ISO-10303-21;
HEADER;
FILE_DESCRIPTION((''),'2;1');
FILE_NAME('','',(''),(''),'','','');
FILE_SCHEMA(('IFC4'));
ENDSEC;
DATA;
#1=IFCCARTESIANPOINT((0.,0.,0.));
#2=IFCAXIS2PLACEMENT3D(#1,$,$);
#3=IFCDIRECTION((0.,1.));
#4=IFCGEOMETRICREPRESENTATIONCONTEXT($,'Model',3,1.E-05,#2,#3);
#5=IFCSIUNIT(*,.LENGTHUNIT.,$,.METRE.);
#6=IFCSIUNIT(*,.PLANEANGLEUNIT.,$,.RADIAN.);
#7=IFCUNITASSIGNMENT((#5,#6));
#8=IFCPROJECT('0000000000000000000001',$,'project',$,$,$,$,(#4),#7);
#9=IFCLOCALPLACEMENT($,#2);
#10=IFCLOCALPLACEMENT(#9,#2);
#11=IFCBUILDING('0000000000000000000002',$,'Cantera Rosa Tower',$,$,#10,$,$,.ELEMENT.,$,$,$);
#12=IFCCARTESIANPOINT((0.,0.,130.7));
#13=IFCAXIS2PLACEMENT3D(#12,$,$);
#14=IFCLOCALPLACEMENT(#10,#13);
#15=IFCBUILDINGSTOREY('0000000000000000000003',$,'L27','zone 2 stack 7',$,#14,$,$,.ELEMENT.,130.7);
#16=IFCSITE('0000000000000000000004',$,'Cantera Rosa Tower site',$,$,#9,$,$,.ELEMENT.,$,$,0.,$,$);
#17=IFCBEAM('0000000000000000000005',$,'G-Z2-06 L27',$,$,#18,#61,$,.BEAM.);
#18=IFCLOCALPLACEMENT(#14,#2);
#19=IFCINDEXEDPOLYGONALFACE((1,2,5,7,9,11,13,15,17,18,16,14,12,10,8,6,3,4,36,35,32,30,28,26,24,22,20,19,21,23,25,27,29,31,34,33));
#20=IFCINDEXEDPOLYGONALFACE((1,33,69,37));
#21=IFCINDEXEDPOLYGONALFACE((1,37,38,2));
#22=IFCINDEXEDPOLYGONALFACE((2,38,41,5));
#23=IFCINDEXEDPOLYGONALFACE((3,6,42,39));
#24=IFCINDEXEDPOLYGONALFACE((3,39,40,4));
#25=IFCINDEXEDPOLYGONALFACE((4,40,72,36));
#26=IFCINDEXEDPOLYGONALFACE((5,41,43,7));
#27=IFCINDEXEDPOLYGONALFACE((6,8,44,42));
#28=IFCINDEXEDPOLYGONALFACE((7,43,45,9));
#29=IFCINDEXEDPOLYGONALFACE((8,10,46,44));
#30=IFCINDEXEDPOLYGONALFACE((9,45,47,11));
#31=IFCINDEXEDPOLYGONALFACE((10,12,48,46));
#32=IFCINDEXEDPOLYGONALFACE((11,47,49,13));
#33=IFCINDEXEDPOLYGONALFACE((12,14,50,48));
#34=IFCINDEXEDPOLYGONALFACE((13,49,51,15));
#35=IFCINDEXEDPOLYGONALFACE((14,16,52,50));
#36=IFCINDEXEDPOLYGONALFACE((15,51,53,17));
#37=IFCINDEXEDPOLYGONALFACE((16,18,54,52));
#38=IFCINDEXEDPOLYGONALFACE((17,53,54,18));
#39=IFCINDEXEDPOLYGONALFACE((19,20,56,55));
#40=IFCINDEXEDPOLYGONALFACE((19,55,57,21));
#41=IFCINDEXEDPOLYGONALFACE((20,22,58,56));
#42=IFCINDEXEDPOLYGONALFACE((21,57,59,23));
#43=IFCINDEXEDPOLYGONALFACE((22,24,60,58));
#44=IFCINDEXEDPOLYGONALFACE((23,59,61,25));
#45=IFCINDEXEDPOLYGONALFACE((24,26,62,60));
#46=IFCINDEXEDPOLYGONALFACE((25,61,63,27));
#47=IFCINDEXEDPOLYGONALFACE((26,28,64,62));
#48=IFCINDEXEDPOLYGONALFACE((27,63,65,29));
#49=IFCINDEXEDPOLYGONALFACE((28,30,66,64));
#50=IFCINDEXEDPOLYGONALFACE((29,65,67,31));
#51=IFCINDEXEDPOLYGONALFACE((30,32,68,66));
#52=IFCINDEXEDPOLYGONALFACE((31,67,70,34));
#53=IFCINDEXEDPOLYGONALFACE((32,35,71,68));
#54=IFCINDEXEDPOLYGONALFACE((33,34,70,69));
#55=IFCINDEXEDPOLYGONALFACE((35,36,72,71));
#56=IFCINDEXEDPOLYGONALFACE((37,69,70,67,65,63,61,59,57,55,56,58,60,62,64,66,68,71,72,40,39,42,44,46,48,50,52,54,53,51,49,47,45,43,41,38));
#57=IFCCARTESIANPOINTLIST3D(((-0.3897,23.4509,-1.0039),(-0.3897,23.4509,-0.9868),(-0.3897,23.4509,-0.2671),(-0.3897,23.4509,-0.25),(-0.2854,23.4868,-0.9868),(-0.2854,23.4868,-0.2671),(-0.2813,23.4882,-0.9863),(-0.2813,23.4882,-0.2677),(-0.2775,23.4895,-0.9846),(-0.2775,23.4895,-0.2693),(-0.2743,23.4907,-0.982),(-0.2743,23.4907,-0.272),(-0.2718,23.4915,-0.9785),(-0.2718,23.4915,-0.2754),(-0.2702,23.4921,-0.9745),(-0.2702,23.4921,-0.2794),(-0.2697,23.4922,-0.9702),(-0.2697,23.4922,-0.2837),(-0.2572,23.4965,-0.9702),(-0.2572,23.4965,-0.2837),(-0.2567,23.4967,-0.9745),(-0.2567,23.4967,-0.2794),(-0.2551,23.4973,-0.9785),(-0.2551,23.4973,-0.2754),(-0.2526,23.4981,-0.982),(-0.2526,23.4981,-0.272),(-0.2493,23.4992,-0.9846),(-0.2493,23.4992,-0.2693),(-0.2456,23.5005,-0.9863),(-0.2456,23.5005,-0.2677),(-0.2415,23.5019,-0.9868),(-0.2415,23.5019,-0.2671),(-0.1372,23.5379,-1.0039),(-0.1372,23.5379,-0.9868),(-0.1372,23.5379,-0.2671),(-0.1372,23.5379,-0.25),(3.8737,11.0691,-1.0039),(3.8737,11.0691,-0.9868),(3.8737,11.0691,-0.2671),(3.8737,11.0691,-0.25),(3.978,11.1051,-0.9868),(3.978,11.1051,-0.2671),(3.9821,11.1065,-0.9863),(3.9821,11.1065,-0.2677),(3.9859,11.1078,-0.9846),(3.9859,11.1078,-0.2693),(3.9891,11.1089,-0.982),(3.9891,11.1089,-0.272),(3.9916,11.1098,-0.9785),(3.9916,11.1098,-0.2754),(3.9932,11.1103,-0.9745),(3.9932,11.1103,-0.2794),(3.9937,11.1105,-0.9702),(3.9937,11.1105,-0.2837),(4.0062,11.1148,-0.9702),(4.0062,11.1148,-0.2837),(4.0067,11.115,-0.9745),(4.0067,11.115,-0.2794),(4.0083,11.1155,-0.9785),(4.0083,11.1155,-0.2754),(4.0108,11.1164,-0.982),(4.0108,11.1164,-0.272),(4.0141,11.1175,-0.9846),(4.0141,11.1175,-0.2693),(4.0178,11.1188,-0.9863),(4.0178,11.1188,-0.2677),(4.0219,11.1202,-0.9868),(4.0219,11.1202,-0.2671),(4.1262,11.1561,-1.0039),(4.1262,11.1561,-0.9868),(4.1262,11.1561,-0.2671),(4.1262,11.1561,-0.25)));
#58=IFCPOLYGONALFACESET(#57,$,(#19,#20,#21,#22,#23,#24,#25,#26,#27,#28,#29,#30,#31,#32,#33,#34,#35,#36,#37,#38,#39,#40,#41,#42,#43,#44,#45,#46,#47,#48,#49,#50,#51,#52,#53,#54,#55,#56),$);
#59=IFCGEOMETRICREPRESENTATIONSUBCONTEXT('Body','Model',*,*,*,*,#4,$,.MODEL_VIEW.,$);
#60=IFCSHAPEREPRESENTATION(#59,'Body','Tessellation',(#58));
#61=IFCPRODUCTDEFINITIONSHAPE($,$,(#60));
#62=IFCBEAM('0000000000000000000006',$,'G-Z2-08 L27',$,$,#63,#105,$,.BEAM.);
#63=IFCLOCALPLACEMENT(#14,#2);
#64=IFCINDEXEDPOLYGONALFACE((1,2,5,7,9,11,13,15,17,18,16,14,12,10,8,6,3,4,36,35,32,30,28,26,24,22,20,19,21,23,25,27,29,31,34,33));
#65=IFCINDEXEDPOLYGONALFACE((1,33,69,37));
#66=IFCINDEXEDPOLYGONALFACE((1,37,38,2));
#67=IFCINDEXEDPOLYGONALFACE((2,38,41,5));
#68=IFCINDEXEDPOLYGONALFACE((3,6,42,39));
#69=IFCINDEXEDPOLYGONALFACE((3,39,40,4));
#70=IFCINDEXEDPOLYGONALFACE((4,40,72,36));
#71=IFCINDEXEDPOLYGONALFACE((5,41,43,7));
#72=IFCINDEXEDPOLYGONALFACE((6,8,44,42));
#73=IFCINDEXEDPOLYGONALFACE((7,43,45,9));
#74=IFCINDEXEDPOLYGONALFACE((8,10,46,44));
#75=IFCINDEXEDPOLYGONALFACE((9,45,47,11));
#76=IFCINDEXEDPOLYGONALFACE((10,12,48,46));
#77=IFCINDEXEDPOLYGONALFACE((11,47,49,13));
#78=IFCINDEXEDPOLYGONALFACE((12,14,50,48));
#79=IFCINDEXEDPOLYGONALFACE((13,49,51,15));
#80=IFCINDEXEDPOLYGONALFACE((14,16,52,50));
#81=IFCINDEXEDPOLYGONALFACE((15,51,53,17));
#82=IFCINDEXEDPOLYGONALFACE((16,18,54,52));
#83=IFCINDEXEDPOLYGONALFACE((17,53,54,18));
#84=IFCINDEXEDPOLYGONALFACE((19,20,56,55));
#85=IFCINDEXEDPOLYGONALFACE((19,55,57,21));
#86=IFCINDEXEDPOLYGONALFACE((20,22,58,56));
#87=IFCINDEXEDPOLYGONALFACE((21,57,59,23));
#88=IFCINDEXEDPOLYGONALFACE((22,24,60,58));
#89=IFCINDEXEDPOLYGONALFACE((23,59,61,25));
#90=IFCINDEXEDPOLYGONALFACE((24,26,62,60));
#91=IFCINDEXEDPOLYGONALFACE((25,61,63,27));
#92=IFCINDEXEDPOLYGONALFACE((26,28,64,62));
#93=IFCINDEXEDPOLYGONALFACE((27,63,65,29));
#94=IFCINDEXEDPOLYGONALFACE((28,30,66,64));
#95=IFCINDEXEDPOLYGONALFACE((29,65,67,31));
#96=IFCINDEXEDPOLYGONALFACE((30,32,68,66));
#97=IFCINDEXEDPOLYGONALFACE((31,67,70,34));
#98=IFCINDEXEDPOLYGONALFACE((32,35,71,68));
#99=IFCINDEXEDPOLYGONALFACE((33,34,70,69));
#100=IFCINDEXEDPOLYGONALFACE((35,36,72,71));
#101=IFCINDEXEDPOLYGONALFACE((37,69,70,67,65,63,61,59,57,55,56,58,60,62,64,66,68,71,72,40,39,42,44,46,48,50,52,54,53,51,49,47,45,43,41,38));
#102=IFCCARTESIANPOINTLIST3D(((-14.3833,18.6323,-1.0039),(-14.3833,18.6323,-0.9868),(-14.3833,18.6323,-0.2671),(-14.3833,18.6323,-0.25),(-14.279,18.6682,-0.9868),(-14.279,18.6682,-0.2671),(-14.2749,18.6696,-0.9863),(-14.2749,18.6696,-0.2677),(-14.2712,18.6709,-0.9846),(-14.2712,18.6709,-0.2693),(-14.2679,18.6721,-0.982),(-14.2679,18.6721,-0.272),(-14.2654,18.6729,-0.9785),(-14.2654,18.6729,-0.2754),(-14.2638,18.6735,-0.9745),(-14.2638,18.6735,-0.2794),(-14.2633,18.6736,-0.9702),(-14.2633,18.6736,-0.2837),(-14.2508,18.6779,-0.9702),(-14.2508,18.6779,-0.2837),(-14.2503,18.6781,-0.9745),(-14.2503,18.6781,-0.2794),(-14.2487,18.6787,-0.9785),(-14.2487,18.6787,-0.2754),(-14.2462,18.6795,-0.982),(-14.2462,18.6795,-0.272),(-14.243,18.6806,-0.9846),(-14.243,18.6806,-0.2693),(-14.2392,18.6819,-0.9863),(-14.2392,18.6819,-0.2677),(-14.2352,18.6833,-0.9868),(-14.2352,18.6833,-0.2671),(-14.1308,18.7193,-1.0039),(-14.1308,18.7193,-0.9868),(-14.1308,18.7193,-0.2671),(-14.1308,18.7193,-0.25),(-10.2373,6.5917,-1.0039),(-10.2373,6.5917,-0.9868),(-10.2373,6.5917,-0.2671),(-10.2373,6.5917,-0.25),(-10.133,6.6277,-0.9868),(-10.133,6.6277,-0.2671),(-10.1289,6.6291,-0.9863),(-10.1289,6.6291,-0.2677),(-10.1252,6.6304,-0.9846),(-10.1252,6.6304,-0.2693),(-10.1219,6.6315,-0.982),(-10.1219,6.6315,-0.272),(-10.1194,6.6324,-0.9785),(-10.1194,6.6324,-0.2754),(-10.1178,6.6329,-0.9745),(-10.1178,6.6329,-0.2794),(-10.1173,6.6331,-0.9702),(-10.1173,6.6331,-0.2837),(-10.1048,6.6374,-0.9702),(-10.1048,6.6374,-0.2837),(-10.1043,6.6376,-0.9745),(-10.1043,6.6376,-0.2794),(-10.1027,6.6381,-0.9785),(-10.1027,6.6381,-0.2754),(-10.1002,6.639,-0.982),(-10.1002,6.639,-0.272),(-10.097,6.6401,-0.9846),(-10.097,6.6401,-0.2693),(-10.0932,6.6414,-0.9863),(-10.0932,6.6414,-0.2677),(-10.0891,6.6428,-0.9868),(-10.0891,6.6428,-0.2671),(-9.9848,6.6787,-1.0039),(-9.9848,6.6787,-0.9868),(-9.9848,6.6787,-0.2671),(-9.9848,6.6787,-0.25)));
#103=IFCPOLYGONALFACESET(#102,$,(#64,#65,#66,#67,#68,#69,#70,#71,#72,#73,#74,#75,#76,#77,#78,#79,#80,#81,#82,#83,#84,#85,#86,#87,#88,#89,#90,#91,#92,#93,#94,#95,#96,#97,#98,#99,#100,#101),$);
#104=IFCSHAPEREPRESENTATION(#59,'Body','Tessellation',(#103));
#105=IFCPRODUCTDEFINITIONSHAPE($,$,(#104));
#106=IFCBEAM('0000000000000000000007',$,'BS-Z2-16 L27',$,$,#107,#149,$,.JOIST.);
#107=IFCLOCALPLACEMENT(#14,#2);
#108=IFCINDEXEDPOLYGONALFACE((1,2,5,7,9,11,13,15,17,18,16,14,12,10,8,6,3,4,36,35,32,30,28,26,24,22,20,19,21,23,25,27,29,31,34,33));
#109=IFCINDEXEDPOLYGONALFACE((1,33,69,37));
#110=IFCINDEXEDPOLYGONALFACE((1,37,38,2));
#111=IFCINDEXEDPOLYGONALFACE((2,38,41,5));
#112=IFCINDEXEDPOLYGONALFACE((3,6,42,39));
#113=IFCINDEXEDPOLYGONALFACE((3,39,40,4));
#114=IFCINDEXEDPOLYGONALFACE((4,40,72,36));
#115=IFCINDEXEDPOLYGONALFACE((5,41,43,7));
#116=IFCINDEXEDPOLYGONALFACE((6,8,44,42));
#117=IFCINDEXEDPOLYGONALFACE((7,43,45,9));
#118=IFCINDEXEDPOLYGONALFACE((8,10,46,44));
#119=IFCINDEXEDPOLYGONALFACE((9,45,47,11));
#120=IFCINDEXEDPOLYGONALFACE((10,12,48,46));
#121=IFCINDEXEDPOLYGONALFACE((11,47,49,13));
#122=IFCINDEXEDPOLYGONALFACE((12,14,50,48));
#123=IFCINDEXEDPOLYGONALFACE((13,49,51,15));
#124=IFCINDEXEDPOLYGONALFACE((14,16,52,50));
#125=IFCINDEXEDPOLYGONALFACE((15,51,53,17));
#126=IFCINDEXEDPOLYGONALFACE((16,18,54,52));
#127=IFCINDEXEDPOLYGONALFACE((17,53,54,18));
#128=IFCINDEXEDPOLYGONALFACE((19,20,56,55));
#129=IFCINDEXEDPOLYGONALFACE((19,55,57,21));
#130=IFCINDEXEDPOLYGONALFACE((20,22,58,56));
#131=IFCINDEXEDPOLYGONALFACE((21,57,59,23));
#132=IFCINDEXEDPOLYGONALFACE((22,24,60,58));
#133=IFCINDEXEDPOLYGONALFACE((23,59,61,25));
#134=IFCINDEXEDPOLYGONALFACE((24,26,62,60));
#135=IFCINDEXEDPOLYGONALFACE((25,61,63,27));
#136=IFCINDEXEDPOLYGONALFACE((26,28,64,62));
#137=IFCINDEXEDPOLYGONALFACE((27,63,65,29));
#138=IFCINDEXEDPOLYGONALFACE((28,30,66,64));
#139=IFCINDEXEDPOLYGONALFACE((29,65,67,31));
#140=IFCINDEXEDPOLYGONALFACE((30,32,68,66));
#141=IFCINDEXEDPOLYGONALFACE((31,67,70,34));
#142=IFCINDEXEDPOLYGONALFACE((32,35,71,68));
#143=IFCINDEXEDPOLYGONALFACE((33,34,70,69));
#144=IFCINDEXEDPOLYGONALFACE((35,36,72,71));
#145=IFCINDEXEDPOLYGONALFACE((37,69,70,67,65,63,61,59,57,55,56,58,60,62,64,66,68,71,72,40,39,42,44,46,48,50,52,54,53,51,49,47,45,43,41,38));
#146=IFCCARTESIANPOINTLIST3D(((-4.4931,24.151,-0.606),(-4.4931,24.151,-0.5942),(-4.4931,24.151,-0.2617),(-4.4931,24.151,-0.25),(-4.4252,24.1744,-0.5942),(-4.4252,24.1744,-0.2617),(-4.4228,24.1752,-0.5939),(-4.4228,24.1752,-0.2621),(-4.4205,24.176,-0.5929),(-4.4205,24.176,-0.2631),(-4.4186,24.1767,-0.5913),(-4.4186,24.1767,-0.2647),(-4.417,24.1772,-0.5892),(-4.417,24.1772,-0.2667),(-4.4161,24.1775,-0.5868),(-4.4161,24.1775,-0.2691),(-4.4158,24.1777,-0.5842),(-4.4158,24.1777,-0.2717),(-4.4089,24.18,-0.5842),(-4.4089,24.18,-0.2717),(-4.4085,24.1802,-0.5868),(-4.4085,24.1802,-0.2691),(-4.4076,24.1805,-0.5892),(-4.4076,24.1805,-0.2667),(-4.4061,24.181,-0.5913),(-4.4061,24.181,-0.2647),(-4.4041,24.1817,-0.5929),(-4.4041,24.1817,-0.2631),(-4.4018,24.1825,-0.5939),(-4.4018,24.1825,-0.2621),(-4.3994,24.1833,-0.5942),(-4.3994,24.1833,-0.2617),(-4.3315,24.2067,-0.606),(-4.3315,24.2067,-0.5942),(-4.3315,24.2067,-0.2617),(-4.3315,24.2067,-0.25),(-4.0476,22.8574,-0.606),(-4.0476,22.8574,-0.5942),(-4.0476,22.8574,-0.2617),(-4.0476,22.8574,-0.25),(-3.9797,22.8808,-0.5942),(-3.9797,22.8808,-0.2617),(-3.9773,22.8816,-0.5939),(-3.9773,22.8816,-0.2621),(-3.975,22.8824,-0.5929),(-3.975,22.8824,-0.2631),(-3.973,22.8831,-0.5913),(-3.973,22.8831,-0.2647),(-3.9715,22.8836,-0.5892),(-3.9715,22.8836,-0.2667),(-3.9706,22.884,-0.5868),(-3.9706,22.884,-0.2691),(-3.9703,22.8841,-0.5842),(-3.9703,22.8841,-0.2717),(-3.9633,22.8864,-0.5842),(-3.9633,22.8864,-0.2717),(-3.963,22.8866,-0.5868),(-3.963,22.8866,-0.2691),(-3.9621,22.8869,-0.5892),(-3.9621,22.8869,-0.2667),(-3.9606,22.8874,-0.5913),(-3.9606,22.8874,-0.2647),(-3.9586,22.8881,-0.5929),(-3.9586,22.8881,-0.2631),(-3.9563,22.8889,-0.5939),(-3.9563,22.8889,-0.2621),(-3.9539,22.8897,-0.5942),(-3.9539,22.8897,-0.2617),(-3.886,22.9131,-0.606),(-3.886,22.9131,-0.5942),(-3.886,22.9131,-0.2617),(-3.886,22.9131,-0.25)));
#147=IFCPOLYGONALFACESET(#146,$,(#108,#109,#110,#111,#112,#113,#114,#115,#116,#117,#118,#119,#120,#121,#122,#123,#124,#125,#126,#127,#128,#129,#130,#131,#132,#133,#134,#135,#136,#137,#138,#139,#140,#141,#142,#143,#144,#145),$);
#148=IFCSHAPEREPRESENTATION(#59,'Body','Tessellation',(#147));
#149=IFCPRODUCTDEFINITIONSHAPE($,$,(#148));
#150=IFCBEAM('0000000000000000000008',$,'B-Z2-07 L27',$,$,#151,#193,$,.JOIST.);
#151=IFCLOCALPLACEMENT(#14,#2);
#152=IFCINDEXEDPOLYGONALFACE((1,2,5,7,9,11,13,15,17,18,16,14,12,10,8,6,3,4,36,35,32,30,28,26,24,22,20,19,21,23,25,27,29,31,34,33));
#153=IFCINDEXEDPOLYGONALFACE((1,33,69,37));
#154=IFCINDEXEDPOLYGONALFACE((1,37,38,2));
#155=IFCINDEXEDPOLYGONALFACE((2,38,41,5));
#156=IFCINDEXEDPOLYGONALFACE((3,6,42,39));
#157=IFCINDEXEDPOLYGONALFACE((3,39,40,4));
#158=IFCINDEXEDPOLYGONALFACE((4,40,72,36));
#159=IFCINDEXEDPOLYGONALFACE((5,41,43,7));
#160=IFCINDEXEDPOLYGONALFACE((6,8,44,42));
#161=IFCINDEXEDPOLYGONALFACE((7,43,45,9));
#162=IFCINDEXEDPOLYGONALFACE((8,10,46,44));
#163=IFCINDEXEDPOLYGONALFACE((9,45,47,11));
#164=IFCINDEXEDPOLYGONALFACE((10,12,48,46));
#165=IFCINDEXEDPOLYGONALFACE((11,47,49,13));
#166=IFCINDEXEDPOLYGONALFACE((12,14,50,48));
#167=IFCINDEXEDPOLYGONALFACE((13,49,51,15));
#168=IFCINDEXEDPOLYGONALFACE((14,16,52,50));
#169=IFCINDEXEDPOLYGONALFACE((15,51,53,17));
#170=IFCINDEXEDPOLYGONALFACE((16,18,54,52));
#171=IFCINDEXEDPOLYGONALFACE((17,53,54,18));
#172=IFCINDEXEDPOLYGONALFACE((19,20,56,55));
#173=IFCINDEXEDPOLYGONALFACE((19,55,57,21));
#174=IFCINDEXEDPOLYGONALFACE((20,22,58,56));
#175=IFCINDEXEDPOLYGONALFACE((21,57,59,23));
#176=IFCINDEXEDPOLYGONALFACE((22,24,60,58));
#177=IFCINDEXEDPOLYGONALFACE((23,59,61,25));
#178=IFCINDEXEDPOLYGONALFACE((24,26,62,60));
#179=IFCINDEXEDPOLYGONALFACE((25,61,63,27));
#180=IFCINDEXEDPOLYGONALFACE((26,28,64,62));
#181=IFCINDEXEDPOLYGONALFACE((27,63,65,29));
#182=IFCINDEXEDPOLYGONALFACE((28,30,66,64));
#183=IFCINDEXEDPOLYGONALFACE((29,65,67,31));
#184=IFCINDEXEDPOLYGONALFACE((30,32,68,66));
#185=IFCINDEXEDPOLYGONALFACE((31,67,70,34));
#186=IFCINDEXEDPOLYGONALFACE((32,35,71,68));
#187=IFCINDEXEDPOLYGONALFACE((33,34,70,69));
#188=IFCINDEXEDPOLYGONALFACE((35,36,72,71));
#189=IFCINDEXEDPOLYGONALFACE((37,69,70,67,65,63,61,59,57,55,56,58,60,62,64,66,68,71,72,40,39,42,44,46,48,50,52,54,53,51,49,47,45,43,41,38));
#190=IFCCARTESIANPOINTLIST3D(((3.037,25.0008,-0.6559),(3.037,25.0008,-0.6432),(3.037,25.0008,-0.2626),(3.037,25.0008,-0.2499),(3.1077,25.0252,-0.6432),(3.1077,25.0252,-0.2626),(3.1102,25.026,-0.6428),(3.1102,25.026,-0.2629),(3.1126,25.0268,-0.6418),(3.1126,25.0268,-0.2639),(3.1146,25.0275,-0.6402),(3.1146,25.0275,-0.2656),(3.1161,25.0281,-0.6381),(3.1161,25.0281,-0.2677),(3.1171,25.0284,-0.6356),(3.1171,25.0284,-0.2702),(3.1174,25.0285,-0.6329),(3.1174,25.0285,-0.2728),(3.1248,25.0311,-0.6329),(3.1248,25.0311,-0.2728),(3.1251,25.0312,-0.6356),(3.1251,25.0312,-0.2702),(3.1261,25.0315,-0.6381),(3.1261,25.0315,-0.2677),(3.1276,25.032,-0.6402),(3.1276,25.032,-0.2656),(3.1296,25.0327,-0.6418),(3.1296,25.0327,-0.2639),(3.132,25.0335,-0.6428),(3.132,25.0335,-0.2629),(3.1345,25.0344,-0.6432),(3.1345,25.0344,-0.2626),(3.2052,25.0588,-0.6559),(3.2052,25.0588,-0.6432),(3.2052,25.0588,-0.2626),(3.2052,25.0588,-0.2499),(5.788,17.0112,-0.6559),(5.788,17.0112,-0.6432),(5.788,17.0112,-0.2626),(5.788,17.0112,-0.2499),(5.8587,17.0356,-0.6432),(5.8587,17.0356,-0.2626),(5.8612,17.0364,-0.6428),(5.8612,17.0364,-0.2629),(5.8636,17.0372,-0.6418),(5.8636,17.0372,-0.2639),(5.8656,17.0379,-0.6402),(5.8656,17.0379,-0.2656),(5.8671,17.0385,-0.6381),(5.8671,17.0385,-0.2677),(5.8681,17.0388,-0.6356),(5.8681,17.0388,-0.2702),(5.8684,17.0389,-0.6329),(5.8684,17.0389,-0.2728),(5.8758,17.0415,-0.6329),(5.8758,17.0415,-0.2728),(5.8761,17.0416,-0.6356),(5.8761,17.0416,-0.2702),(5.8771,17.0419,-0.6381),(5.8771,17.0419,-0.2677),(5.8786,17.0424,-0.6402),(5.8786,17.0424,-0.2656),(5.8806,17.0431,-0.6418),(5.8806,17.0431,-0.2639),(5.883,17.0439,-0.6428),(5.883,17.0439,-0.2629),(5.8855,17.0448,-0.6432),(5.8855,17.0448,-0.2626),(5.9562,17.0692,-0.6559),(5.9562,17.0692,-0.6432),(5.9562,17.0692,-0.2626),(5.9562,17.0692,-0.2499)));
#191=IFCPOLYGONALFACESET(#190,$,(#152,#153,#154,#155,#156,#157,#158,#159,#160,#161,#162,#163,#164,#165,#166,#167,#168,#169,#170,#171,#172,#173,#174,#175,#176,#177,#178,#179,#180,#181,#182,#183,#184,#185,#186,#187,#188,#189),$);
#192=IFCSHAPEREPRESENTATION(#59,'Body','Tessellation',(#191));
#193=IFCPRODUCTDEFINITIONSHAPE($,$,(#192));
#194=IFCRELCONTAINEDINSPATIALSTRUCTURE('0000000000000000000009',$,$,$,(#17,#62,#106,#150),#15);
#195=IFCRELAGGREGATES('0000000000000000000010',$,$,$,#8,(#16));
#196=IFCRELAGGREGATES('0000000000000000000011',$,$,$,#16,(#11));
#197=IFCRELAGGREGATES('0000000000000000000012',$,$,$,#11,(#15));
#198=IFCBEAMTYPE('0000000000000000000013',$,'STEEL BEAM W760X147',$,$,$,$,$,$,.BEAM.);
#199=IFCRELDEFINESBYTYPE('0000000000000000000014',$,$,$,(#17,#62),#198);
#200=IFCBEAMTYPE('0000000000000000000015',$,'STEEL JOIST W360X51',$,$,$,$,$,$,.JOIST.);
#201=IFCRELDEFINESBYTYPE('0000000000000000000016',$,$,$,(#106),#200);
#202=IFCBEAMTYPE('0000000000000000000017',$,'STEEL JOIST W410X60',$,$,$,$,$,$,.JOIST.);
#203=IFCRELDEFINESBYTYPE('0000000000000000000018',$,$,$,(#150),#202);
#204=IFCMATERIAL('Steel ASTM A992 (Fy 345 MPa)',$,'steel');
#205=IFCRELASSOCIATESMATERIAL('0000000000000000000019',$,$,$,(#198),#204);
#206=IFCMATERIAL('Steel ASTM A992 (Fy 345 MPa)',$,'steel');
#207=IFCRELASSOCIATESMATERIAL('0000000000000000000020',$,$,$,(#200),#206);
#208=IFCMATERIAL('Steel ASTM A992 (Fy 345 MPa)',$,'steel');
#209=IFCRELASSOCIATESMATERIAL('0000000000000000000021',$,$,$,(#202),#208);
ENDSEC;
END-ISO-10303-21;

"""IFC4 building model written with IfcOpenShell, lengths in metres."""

from ifc_helpers import new_model, si_unit, direction, frame, origin, origin_2d, place, context, subcontext, project, spatial, i_section, extrude, material, material_profile, profile_set, type_object, element, save


model = new_model("IFC4")

# Units and contexts
model_context = context("Model", 3, precision=1e-05, world=origin(), true_north=direction((0.0, 1.0)))
body_context = subcontext(model_context, "Body", "Model", "MODEL_VIEW")
ifc_project = project(units=[si_unit("LENGTHUNIT", "METRE"), si_unit("PLANEANGLEUNIT", "RADIAN")], contexts=[model_context])

# Site, building, storey
site_placement = place(None, origin())
site = spatial("IfcSite", under=ifc_project, at=site_placement, Name="Cantera Rosa Tower site", CompositionType="ELEMENT", RefElevation=0.0)
building_placement = place(site_placement, origin())
building = spatial("IfcBuilding", under=site, at=building_placement, Name="Cantera Rosa Tower", CompositionType="ELEMENT")
storey_placement = place(building_placement, frame((0.0, 0.0, 130.7)))
storey = spatial("IfcBuildingStorey", under=building, at=storey_placement, Name="L27", Description="zone 2 stack 7", CompositionType="ELEMENT", Elevation=130.7)

# Beams
ifc_material_1 = material(Name="Steel ASTM A992 (Fy 345 MPa)", Category="steel")
ifc_material_profile_1 = material_profile(ifc_material_1, i_section(OverallWidth=0.2671, OverallDepth=0.7539, WebThickness=0.0132, FlangeThickness=0.0171, FilletRadius=0.0166, at=origin_2d()), Name="W760X147")
ifc_profile_set_1 = profile_set([ifc_material_profile_1], Name="Steel ASTM A992 (Fy 345 MPa)")
beam_type_1 = type_object("IfcBeamType", Name="STEEL BEAM W760X147", PredefinedType="BEAM", material=ifc_profile_set_1)
beam_1_placement = place(storey_placement, frame((-0.2634, 23.4944, -0.627), z_axis=(0.32557, -0.945518, 0.0), x_axis=(0.945518, 0.32557, 0.0)))
element("IfcBeam", 1, at=beam_1_placement, inside=storey, type_object=beam_type_1, Name="G-Z2-06 L27", PredefinedType="BEAM", context=body_context, shape_type="SweptSolid", body=[
    extrude(i_section(OverallWidth=0.2671, OverallDepth=0.7539, WebThickness=0.0132, FlangeThickness=0.0171, FilletRadius=0.0166, at=origin_2d()), origin(), (0.0, 0.0, 1.0), 13.0952),
])
beam_2_placement = place(storey_placement, frame((-14.2571, 18.6758, -0.627), z_axis=(0.325576, -0.945516, 0.0), x_axis=(0.945516, 0.325576, 0.0)))
element("IfcBeam", 2, at=beam_2_placement, inside=storey, type_object=beam_type_1, Name="G-Z2-08 L27", PredefinedType="BEAM", context=body_context, shape_type="SweptSolid", body=[
    extrude(i_section(OverallWidth=0.2671, OverallDepth=0.7539, WebThickness=0.0132, FlangeThickness=0.0171, FilletRadius=0.0166, at=origin_2d()), origin(), (0.0, 0.0, 1.0), 12.7344),
])
ifc_material_2 = material(Name="Steel ASTM A992 (Fy 345 MPa)", Category="steel")
ifc_material_profile_2 = material_profile(ifc_material_2, i_section(OverallWidth=0.1709, OverallDepth=0.356, WebThickness=0.0073, FlangeThickness=0.0117, FilletRadius=0.01, at=origin_2d()), Name="W360X51")
ifc_profile_set_2 = profile_set([ifc_material_profile_2], Name="Steel ASTM A992 (Fy 345 MPa)")
beam_type_2 = type_object("IfcBeamType", Name="STEEL JOIST W360X51", PredefinedType="JOIST", material=ifc_profile_set_2)
beam_3_placement = place(storey_placement, frame((-3.9668, 22.8853, -0.428), z_axis=(-0.325633, 0.945496, 0.0), x_axis=(-0.945496, -0.325633, 0.0)))
element("IfcBeam", 3, at=beam_3_placement, inside=storey, type_object=beam_type_2, Name="BS-Z2-16 L27", PredefinedType="JOIST", context=body_context, shape_type="SweptSolid", body=[
    extrude(i_section(OverallWidth=0.1709, OverallDepth=0.356, WebThickness=0.0073, FlangeThickness=0.0117, FilletRadius=0.01, at=origin_2d()), origin(), (0.0, 0.0, 1.0), 1.3682),
])
ifc_material_3 = material(Name="Steel ASTM A992 (Fy 345 MPa)", Category="steel")
ifc_material_profile_3 = material_profile(ifc_material_3, i_section(OverallWidth=0.178, OverallDepth=0.406, WebThickness=0.0078, FlangeThickness=0.0127, FilletRadius=0.0103, at=origin_2d()), Name="W410X60")
ifc_profile_set_3 = profile_set([ifc_material_profile_3], Name="Steel ASTM A992 (Fy 345 MPa)")
beam_type_3 = type_object("IfcBeamType", Name="STEEL JOIST W410X60", PredefinedType="JOIST", material=ifc_profile_set_3)
beam_4_placement = place(storey_placement, frame((3.1211, 25.0298, -0.4529), z_axis=(0.325565, -0.94552, 0.0), x_axis=(0.94552, 0.325565, 0.0)))
element("IfcBeam", 4, at=beam_4_placement, inside=storey, type_object=beam_type_3, Name="B-Z2-07 L27", PredefinedType="JOIST", context=body_context, shape_type="SweptSolid", body=[
    extrude(i_section(OverallWidth=0.178, OverallDepth=0.406, WebThickness=0.0078, FlangeThickness=0.0127, FilletRadius=0.0103, at=origin_2d()), origin(), (0.0, 0.0, 1.0), 8.45),
])

save(model, "model.ifc")
